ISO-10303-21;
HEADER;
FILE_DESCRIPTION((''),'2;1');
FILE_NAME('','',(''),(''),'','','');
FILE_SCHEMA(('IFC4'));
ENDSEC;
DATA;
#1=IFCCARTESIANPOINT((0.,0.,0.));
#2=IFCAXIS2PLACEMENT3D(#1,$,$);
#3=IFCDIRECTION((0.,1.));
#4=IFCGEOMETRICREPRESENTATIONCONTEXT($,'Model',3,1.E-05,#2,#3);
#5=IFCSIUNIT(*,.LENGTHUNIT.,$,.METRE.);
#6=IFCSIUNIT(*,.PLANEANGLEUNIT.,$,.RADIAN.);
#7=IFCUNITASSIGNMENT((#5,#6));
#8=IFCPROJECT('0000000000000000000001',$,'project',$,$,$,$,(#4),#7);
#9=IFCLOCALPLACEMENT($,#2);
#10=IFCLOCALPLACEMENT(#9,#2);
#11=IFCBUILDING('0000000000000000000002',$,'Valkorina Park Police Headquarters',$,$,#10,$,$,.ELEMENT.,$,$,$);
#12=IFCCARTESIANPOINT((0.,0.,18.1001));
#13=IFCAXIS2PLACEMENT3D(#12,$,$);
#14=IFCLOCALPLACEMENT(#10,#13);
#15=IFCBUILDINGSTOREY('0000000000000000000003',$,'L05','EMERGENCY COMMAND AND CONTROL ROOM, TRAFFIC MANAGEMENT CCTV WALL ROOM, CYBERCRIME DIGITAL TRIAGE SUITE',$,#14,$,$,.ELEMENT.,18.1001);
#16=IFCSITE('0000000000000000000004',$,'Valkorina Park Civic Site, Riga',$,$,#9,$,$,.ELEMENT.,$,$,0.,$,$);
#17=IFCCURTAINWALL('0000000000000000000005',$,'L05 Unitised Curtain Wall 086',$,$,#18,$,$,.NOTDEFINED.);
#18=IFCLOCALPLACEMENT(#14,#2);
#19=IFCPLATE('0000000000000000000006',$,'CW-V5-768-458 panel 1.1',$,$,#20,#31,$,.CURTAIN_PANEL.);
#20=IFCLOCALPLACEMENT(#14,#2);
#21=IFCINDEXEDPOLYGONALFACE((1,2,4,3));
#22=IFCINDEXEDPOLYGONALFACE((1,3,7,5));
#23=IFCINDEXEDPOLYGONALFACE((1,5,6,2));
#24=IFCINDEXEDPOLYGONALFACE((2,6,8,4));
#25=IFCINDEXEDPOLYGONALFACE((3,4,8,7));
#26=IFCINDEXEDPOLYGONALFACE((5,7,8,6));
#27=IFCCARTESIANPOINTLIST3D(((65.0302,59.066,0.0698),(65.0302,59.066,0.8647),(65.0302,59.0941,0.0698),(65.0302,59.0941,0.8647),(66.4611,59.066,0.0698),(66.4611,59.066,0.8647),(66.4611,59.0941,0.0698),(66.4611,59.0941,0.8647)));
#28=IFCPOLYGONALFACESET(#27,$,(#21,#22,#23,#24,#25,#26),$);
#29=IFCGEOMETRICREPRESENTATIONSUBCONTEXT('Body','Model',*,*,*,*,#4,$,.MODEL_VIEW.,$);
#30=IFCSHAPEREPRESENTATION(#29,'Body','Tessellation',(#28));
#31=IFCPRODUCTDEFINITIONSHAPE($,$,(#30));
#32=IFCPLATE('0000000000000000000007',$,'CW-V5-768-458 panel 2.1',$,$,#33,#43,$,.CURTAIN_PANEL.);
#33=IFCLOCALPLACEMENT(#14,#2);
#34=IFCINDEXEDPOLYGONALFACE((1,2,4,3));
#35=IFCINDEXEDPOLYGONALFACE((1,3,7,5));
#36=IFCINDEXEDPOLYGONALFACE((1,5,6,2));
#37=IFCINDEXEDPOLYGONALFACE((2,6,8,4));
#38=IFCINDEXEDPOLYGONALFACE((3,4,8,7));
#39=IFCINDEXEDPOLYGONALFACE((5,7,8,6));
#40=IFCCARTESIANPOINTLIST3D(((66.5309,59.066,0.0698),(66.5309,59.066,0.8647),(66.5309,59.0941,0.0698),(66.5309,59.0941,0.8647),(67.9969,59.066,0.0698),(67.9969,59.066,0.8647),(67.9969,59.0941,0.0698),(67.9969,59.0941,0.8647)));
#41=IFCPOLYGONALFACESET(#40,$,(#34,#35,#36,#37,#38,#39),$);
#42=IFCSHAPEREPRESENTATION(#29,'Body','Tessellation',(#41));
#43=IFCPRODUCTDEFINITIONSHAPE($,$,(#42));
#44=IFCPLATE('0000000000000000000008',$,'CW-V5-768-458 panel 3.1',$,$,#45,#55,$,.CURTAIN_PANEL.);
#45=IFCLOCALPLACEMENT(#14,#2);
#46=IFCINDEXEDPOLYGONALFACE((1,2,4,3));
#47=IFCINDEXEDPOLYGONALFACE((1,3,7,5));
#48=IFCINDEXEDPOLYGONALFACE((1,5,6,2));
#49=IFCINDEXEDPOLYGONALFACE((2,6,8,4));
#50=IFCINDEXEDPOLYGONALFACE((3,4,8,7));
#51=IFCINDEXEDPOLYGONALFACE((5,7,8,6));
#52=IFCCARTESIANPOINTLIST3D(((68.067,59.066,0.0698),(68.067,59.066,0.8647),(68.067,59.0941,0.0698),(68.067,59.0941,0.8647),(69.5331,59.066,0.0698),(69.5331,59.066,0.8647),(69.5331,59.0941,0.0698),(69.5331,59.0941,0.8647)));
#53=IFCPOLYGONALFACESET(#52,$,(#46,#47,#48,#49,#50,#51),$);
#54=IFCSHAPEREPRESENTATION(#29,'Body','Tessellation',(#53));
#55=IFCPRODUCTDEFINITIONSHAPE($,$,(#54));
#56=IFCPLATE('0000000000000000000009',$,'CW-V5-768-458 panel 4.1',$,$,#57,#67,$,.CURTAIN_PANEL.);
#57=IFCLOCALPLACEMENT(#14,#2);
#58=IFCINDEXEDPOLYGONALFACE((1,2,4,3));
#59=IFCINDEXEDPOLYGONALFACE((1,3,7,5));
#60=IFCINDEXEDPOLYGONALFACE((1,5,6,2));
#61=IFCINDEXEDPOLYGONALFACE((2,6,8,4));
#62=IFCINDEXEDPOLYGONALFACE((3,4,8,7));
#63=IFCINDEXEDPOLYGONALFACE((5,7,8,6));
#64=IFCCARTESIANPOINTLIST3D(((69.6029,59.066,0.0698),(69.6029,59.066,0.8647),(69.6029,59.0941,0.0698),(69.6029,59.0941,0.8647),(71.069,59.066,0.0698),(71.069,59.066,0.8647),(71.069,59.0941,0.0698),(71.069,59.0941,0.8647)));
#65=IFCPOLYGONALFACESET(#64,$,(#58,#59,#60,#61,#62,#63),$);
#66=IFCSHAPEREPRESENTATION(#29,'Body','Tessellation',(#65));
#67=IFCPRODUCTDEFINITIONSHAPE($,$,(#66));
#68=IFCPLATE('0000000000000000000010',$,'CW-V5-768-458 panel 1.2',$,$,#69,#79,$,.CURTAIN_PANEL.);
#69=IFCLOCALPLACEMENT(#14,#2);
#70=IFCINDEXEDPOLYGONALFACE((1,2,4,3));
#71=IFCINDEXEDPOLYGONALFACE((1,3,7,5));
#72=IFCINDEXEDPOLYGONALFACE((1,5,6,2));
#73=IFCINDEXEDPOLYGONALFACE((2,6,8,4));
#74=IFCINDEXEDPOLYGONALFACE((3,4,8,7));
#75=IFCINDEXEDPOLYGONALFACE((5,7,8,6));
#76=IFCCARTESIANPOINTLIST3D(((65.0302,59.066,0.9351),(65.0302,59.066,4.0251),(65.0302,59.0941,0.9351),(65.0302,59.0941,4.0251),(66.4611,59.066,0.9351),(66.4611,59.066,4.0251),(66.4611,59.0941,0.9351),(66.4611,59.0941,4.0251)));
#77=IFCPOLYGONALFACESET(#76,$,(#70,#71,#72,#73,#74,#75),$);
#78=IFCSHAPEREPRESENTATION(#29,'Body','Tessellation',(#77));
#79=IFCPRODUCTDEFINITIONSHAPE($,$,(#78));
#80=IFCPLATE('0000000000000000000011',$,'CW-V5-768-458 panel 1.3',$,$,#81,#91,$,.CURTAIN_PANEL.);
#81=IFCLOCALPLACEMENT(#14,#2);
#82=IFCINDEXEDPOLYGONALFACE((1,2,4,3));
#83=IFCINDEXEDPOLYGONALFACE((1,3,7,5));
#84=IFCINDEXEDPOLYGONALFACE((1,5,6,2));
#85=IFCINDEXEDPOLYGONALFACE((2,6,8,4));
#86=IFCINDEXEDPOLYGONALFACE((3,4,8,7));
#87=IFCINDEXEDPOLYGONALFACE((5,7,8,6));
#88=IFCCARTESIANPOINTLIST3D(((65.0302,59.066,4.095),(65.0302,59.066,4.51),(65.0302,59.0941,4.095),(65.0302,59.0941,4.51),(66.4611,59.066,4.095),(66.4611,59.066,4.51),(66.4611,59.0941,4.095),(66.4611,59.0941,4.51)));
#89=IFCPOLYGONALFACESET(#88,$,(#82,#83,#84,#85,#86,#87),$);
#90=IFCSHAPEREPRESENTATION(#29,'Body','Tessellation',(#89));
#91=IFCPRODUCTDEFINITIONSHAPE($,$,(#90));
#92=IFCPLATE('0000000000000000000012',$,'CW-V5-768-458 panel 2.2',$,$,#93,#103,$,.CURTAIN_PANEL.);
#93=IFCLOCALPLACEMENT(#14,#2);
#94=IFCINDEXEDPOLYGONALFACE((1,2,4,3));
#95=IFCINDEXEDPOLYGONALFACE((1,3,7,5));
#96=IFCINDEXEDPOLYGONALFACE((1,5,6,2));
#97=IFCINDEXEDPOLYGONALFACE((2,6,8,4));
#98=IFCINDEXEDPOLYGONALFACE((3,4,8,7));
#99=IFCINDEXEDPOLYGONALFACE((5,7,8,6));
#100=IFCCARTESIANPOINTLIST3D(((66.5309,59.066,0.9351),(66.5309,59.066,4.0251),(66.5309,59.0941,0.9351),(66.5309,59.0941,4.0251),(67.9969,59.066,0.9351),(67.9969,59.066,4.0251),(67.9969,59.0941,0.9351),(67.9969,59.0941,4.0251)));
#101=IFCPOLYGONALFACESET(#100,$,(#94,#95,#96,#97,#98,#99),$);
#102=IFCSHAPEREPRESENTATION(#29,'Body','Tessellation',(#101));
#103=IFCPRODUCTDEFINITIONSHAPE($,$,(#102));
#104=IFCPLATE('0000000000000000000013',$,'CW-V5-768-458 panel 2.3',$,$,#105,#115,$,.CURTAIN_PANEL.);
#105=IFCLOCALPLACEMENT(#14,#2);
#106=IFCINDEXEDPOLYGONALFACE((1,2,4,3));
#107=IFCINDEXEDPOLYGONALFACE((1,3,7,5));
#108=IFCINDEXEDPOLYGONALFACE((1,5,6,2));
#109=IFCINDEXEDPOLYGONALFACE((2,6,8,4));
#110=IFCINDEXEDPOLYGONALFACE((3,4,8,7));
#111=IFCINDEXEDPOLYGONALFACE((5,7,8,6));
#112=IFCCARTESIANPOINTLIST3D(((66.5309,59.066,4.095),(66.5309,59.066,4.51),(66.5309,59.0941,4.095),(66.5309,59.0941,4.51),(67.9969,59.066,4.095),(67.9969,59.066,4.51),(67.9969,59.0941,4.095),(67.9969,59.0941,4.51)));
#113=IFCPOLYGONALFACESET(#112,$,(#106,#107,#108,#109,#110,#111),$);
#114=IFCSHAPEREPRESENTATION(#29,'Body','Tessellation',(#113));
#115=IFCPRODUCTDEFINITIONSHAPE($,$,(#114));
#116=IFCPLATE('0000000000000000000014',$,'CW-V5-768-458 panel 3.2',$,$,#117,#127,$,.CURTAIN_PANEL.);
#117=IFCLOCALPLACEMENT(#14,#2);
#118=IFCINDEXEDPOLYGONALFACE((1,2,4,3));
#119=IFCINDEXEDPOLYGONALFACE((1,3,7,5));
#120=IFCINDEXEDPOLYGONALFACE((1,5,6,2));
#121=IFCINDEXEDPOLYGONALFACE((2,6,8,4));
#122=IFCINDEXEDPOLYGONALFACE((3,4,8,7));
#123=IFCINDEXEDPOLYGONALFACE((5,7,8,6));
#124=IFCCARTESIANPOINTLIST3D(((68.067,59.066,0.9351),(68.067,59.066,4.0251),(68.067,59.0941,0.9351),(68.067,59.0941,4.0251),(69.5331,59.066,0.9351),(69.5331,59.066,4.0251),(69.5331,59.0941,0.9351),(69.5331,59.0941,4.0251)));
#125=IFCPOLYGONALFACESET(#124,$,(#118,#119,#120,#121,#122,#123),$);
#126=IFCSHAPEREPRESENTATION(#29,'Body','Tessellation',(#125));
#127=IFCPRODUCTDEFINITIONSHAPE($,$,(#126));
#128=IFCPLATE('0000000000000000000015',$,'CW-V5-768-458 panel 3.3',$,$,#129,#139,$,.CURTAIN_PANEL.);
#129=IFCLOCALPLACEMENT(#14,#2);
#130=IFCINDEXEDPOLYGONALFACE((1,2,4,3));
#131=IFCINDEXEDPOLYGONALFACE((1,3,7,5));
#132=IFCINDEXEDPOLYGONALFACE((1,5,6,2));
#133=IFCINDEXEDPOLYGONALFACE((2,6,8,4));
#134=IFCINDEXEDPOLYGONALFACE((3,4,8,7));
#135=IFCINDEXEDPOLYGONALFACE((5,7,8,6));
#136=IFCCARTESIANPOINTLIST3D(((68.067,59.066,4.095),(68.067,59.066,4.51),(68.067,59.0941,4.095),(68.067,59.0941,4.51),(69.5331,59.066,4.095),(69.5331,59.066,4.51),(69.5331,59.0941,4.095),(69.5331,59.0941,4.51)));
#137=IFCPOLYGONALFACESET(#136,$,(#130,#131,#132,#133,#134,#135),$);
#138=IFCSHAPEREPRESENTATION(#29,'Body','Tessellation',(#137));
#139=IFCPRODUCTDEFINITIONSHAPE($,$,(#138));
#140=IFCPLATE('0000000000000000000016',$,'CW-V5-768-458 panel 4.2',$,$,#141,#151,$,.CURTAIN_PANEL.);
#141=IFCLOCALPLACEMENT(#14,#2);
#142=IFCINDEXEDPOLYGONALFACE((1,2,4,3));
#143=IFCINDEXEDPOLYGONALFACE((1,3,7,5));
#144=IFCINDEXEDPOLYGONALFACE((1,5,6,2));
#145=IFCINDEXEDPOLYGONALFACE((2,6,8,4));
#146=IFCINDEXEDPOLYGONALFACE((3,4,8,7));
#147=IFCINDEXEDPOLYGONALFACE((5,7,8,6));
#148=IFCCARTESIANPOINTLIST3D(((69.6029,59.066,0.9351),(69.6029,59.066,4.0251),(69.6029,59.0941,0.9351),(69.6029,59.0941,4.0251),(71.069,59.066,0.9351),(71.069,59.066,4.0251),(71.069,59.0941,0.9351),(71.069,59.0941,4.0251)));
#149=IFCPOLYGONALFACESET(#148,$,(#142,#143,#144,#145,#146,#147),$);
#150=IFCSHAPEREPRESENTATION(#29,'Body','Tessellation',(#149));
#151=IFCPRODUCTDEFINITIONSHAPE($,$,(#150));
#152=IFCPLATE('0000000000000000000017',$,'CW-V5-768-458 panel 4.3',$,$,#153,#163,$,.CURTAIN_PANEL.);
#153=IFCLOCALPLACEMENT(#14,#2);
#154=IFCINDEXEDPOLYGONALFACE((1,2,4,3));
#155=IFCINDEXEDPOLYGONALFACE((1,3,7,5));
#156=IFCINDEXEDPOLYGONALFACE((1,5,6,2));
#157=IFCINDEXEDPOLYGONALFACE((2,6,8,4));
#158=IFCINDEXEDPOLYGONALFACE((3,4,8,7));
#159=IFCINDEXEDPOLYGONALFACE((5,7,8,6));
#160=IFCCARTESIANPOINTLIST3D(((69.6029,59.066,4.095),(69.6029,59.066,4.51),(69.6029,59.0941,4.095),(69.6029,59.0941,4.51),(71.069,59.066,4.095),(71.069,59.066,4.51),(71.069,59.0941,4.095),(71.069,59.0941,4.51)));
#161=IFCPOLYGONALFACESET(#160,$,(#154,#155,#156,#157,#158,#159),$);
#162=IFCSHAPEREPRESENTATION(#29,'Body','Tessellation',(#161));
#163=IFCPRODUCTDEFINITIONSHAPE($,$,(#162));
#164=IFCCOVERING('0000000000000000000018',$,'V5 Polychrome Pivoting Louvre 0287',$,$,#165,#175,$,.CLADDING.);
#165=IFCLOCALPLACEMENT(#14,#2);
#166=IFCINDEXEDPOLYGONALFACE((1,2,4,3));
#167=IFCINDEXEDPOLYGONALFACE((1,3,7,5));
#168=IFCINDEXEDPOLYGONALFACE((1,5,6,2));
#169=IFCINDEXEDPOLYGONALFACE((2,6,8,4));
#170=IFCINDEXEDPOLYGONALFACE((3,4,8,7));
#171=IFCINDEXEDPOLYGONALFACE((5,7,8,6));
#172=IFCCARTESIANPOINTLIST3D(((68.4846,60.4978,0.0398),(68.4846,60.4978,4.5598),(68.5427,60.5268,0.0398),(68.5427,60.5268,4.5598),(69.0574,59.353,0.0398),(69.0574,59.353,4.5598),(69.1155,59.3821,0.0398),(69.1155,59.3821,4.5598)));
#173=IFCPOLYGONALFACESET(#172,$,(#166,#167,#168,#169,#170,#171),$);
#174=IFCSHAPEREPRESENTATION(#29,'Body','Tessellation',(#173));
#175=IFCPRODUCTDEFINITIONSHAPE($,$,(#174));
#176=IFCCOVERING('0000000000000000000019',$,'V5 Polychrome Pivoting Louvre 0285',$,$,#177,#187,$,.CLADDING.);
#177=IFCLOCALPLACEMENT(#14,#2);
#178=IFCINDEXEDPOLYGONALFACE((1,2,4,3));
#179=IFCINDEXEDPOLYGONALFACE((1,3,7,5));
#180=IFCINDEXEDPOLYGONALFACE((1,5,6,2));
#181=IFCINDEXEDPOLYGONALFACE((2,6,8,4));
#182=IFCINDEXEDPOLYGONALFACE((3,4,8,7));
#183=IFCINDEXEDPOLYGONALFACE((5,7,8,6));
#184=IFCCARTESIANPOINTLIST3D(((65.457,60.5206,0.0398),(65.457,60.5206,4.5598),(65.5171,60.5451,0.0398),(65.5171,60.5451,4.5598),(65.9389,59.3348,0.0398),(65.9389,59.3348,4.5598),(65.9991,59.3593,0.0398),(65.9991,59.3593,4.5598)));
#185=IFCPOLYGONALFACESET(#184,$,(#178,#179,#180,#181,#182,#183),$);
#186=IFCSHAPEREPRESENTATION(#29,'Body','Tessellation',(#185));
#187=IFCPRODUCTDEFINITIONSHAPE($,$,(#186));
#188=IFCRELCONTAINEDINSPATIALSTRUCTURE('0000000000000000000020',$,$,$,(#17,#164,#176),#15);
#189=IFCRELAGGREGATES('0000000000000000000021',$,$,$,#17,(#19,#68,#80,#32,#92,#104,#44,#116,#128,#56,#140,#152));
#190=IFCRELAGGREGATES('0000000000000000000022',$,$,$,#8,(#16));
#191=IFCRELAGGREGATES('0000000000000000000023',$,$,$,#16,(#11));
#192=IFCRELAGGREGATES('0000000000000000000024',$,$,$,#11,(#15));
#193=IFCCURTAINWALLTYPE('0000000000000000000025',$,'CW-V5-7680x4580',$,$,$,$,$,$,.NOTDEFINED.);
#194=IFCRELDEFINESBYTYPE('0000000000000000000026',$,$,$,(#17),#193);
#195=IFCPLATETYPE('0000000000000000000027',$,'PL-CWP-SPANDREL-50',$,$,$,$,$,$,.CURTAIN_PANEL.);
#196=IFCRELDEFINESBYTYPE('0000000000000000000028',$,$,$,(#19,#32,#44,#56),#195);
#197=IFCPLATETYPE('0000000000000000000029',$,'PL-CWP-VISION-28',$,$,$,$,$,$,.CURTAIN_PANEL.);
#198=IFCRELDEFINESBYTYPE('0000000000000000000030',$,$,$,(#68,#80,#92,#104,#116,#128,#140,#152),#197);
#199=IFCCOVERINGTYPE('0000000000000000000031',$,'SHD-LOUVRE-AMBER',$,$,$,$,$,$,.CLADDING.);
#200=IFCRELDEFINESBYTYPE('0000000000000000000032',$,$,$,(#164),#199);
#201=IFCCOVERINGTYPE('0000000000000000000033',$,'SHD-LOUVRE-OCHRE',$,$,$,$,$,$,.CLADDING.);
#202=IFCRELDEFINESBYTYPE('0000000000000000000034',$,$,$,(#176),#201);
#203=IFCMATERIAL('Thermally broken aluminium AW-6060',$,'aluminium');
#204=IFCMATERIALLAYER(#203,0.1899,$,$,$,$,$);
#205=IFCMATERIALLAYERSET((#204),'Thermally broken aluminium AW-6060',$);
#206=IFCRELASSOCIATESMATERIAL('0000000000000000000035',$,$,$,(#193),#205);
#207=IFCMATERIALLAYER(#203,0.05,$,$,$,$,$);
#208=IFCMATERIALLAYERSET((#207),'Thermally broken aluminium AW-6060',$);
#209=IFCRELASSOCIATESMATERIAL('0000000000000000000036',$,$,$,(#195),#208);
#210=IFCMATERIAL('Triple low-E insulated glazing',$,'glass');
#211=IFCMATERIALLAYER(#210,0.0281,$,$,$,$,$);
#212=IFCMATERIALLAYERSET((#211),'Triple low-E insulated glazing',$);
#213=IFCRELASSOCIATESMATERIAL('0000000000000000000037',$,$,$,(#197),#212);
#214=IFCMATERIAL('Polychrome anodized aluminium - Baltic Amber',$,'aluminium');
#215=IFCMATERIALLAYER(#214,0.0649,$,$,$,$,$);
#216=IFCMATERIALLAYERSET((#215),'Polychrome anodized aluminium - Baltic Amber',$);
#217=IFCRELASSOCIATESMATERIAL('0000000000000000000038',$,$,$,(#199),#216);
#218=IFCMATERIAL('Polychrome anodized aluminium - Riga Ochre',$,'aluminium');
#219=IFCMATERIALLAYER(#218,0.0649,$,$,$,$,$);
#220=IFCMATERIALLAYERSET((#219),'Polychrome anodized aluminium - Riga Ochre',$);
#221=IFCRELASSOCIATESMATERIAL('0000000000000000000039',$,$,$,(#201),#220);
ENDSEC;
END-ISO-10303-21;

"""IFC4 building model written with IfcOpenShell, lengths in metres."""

from ifc_helpers import new_model, si_unit, direction, frame, origin, origin_2d, place, context, subcontext, project, spatial, rectangle, extrude, material, layer, layer_set, type_object, element, aggregate, save


model = new_model("IFC4")

# Units and contexts
model_context = context("Model", 3, precision=1e-05, world=origin(), true_north=direction((0.0, 1.0)))
body_context = subcontext(model_context, "Body", "Model", "MODEL_VIEW")
ifc_project = project(units=[si_unit("LENGTHUNIT", "METRE"), si_unit("PLANEANGLEUNIT", "RADIAN")], contexts=[model_context])

# Site, building, storey
site_placement = place(None, origin())
site = spatial("IfcSite", under=ifc_project, at=site_placement, Name="Valkorina Park Civic Site, Riga", CompositionType="ELEMENT", RefElevation=0.0)
building_placement = place(site_placement, origin())
building = spatial("IfcBuilding", under=site, at=building_placement, Name="Valkorina Park Police Headquarters", CompositionType="ELEMENT")
storey_placement = place(building_placement, frame((0.0, 0.0, 18.1001)))
storey = spatial("IfcBuildingStorey", under=building, at=storey_placement, Name="L05", Description="EMERGENCY COMMAND AND CONTROL ROOM, TRAFFIC MANAGEMENT CCTV WALL ROOM, CYBERCRIME DIGITAL TRIAGE SUITE", CompositionType="ELEMENT", Elevation=18.1001)

# Curtain wall, plates
ifc_material_1 = material(Name="Thermally broken aluminium AW-6060", Category="aluminium")
ifc_layer_1 = layer(ifc_material_1, 0.1899)
ifc_layer_set_1 = layer_set([ifc_layer_1], Name="Thermally broken aluminium AW-6060")
curtain_wall_type = type_object("IfcCurtainWallType", Name="CW-V5-7680x4580", PredefinedType="NOTDEFINED", material=ifc_layer_set_1)
curtain_wall_placement = place(storey_placement, origin())
curtain_wall = element("IfcCurtainWall", 1, at=curtain_wall_placement, inside=storey, type_object=curtain_wall_type, Name="L05 Unitised Curtain Wall 086", PredefinedType="NOTDEFINED")
ifc_layer_2 = layer(ifc_material_1, 0.05)
ifc_layer_set_2 = layer_set([ifc_layer_2], Name="Thermally broken aluminium AW-6060")
plate_type_1 = type_object("IfcPlateType", Name="PL-CWP-SPANDREL-50", PredefinedType="CURTAIN_PANEL", material=ifc_layer_set_2)
plate_1_placement = place(storey_placement, frame((65.7456, 59.0801, 0.0698), z_axis=(0.0, 0.0, 1.0), x_axis=(1.0, 0.0, 0.0)))
plate_1 = element("IfcPlate", 2, at=plate_1_placement, type_object=plate_type_1, Name="CW-V5-768-458 panel 1.1", PredefinedType="CURTAIN_PANEL", context=body_context, shape_type="SweptSolid", body=[
    extrude(rectangle(XDim=1.4309, YDim=0.0281, at=origin_2d()), origin(), (0.0, 0.0, 1.0), 0.7949),
])
plate_2_placement = place(storey_placement, frame((67.2639, 59.0801, 0.0698), z_axis=(0.0, 0.0, 1.0), x_axis=(1.0, 0.0, 0.0)))
plate_2 = element("IfcPlate", 3, at=plate_2_placement, type_object=plate_type_1, Name="CW-V5-768-458 panel 2.1", PredefinedType="CURTAIN_PANEL", context=body_context, shape_type="SweptSolid", body=[
    extrude(rectangle(XDim=1.4661, YDim=0.0281, at=origin_2d()), origin(), (0.0, 0.0, 1.0), 0.7949),
])
plate_3_placement = place(storey_placement, frame((68.8, 59.0801, 0.0698), z_axis=(0.0, 0.0, 1.0), x_axis=(1.0, 0.0, 0.0)))
plate_3 = element("IfcPlate", 4, at=plate_3_placement, type_object=plate_type_1, Name="CW-V5-768-458 panel 3.1", PredefinedType="CURTAIN_PANEL", context=body_context, shape_type="SweptSolid", body=[
    extrude(rectangle(XDim=1.4661, YDim=0.0281, at=origin_2d()), origin(), (0.0, 0.0, 1.0), 0.7949),
])
plate_4_placement = place(storey_placement, frame((70.3359, 59.0801, 0.0698), z_axis=(0.0, 0.0, 1.0), x_axis=(1.0, 0.0, 0.0)))
plate_4 = element("IfcPlate", 5, at=plate_4_placement, type_object=plate_type_1, Name="CW-V5-768-458 panel 4.1", PredefinedType="CURTAIN_PANEL", context=body_context, shape_type="SweptSolid", body=[
    extrude(rectangle(XDim=1.4661, YDim=0.0281, at=origin_2d()), origin(), (0.0, 0.0, 1.0), 0.7949),
])
ifc_material_2 = material(Name="Triple low-E insulated glazing", Category="glass")
ifc_layer_3 = layer(ifc_material_2, 0.0281)
ifc_layer_set_3 = layer_set([ifc_layer_3], Name="Triple low-E insulated glazing")
plate_type_2 = type_object("IfcPlateType", Name="PL-CWP-VISION-28", PredefinedType="CURTAIN_PANEL", material=ifc_layer_set_3)
plate_5_placement = place(storey_placement, frame((65.7456, 59.0801, 0.9351), z_axis=(0.0, 0.0, 1.0), x_axis=(1.0, 0.0, 0.0)))
plate_5 = element("IfcPlate", 6, at=plate_5_placement, type_object=plate_type_2, Name="CW-V5-768-458 panel 1.2", PredefinedType="CURTAIN_PANEL", context=body_context, shape_type="SweptSolid", body=[
    extrude(rectangle(XDim=1.4309, YDim=0.0281, at=origin_2d()), origin(), (0.0, 0.0, 1.0), 3.0901),
])
plate_6_placement = place(storey_placement, frame((65.7456, 59.0801, 4.095), z_axis=(0.0, 0.0, 1.0), x_axis=(1.0, 0.0, 0.0)))
plate_6 = element("IfcPlate", 7, at=plate_6_placement, type_object=plate_type_2, Name="CW-V5-768-458 panel 1.3", PredefinedType="CURTAIN_PANEL", context=body_context, shape_type="SweptSolid", body=[
    extrude(rectangle(XDim=1.4309, YDim=0.0281, at=origin_2d()), origin(), (0.0, 0.0, 1.0), 0.415),
])
plate_7_placement = place(storey_placement, frame((67.2639, 59.0801, 0.9351), z_axis=(0.0, 0.0, 1.0), x_axis=(1.0, 0.0, 0.0)))
plate_7 = element("IfcPlate", 8, at=plate_7_placement, type_object=plate_type_2, Name="CW-V5-768-458 panel 2.2", PredefinedType="CURTAIN_PANEL", context=body_context, shape_type="SweptSolid", body=[
    extrude(rectangle(XDim=1.4661, YDim=0.0281, at=origin_2d()), origin(), (0.0, 0.0, 1.0), 3.0901),
])
plate_8_placement = place(storey_placement, frame((67.2639, 59.0801, 4.095), z_axis=(0.0, 0.0, 1.0), x_axis=(1.0, 0.0, 0.0)))
plate_8 = element("IfcPlate", 9, at=plate_8_placement, type_object=plate_type_2, Name="CW-V5-768-458 panel 2.3", PredefinedType="CURTAIN_PANEL", context=body_context, shape_type="SweptSolid", body=[
    extrude(rectangle(XDim=1.4661, YDim=0.0281, at=origin_2d()), origin(), (0.0, 0.0, 1.0), 0.415),
])
plate_9_placement = place(storey_placement, frame((68.8, 59.0801, 0.9351), z_axis=(0.0, 0.0, 1.0), x_axis=(1.0, 0.0, 0.0)))
plate_9 = element("IfcPlate", 10, at=plate_9_placement, type_object=plate_type_2, Name="CW-V5-768-458 panel 3.2", PredefinedType="CURTAIN_PANEL", context=body_context, shape_type="SweptSolid", body=[
    extrude(rectangle(XDim=1.4661, YDim=0.0281, at=origin_2d()), origin(), (0.0, 0.0, 1.0), 3.0901),
])
plate_10_placement = place(storey_placement, frame((68.8, 59.0801, 4.095), z_axis=(0.0, 0.0, 1.0), x_axis=(1.0, 0.0, 0.0)))
plate_10 = element("IfcPlate", 11, at=plate_10_placement, type_object=plate_type_2, Name="CW-V5-768-458 panel 3.3", PredefinedType="CURTAIN_PANEL", context=body_context, shape_type="SweptSolid", body=[
    extrude(rectangle(XDim=1.4661, YDim=0.0281, at=origin_2d()), origin(), (0.0, 0.0, 1.0), 0.415),
])
plate_11_placement = place(storey_placement, frame((70.3359, 59.0801, 0.9351), z_axis=(0.0, 0.0, 1.0), x_axis=(1.0, 0.0, 0.0)))
plate_11 = element("IfcPlate", 12, at=plate_11_placement, type_object=plate_type_2, Name="CW-V5-768-458 panel 4.2", PredefinedType="CURTAIN_PANEL", context=body_context, shape_type="SweptSolid", body=[
    extrude(rectangle(XDim=1.4661, YDim=0.0281, at=origin_2d()), origin(), (0.0, 0.0, 1.0), 3.0901),
])
plate_12_placement = place(storey_placement, frame((70.3359, 59.0801, 4.095), z_axis=(0.0, 0.0, 1.0), x_axis=(1.0, 0.0, 0.0)))
plate_12 = element("IfcPlate", 13, at=plate_12_placement, type_object=plate_type_2, Name="CW-V5-768-458 panel 4.3", PredefinedType="CURTAIN_PANEL", context=body_context, shape_type="SweptSolid", body=[
    extrude(rectangle(XDim=1.4661, YDim=0.0281, at=origin_2d()), origin(), (0.0, 0.0, 1.0), 0.415),
])
aggregate(curtain_wall, [plate_1, plate_5, plate_6, plate_2, plate_7, plate_8, plate_3, plate_9, plate_10, plate_4, plate_11, plate_12])

# Coverings
ifc_material_3 = material(Name="Polychrome anodized aluminium - Baltic Amber", Category="aluminium")
ifc_layer_4 = layer(ifc_material_3, 0.0649)
ifc_layer_set_4 = layer_set([ifc_layer_4], Name="Polychrome anodized aluminium - Baltic Amber")
covering_type_1 = type_object("IfcCoveringType", Name="SHD-LOUVRE-AMBER", PredefinedType="CLADDING", material=ifc_layer_set_4)
covering_1_placement = place(storey_placement, frame((68.8, 59.9399, 0.0398), z_axis=(0.0, 0.0, 1.0), x_axis=(-0.447447, 0.89431, 0.0)))
element("IfcCovering", 14, at=covering_1_placement, inside=storey, type_object=covering_type_1, Name="V5 Polychrome Pivoting Louvre 0287", PredefinedType="CLADDING", context=body_context, shape_type="SweptSolid", body=[
    extrude(rectangle(XDim=1.28, YDim=0.0649, at=origin_2d()), origin(), (0.0, 0.0, 1.0), 4.52),
])
ifc_material_4 = material(Name="Polychrome anodized aluminium - Riga Ochre", Category="aluminium")
ifc_layer_5 = layer(ifc_material_4, 0.0649)
ifc_layer_set_5 = layer_set([ifc_layer_5], Name="Polychrome anodized aluminium - Riga Ochre")
covering_type_2 = type_object("IfcCoveringType", Name="SHD-LOUVRE-OCHRE", PredefinedType="CLADDING", material=ifc_layer_set_5)
covering_2_placement = place(storey_placement, frame((65.728, 59.9399, 0.0398), z_axis=(0.0, 0.0, 1.0), x_axis=(-0.376548, 0.926397, 0.0)))
element("IfcCovering", 15, at=covering_2_placement, inside=storey, type_object=covering_type_2, Name="V5 Polychrome Pivoting Louvre 0285", PredefinedType="CLADDING", context=body_context, shape_type="SweptSolid", body=[
    extrude(rectangle(XDim=1.28, YDim=0.0649, at=origin_2d()), origin(), (0.0, 0.0, 1.0), 4.52),
])

save(model, "model.ifc")
